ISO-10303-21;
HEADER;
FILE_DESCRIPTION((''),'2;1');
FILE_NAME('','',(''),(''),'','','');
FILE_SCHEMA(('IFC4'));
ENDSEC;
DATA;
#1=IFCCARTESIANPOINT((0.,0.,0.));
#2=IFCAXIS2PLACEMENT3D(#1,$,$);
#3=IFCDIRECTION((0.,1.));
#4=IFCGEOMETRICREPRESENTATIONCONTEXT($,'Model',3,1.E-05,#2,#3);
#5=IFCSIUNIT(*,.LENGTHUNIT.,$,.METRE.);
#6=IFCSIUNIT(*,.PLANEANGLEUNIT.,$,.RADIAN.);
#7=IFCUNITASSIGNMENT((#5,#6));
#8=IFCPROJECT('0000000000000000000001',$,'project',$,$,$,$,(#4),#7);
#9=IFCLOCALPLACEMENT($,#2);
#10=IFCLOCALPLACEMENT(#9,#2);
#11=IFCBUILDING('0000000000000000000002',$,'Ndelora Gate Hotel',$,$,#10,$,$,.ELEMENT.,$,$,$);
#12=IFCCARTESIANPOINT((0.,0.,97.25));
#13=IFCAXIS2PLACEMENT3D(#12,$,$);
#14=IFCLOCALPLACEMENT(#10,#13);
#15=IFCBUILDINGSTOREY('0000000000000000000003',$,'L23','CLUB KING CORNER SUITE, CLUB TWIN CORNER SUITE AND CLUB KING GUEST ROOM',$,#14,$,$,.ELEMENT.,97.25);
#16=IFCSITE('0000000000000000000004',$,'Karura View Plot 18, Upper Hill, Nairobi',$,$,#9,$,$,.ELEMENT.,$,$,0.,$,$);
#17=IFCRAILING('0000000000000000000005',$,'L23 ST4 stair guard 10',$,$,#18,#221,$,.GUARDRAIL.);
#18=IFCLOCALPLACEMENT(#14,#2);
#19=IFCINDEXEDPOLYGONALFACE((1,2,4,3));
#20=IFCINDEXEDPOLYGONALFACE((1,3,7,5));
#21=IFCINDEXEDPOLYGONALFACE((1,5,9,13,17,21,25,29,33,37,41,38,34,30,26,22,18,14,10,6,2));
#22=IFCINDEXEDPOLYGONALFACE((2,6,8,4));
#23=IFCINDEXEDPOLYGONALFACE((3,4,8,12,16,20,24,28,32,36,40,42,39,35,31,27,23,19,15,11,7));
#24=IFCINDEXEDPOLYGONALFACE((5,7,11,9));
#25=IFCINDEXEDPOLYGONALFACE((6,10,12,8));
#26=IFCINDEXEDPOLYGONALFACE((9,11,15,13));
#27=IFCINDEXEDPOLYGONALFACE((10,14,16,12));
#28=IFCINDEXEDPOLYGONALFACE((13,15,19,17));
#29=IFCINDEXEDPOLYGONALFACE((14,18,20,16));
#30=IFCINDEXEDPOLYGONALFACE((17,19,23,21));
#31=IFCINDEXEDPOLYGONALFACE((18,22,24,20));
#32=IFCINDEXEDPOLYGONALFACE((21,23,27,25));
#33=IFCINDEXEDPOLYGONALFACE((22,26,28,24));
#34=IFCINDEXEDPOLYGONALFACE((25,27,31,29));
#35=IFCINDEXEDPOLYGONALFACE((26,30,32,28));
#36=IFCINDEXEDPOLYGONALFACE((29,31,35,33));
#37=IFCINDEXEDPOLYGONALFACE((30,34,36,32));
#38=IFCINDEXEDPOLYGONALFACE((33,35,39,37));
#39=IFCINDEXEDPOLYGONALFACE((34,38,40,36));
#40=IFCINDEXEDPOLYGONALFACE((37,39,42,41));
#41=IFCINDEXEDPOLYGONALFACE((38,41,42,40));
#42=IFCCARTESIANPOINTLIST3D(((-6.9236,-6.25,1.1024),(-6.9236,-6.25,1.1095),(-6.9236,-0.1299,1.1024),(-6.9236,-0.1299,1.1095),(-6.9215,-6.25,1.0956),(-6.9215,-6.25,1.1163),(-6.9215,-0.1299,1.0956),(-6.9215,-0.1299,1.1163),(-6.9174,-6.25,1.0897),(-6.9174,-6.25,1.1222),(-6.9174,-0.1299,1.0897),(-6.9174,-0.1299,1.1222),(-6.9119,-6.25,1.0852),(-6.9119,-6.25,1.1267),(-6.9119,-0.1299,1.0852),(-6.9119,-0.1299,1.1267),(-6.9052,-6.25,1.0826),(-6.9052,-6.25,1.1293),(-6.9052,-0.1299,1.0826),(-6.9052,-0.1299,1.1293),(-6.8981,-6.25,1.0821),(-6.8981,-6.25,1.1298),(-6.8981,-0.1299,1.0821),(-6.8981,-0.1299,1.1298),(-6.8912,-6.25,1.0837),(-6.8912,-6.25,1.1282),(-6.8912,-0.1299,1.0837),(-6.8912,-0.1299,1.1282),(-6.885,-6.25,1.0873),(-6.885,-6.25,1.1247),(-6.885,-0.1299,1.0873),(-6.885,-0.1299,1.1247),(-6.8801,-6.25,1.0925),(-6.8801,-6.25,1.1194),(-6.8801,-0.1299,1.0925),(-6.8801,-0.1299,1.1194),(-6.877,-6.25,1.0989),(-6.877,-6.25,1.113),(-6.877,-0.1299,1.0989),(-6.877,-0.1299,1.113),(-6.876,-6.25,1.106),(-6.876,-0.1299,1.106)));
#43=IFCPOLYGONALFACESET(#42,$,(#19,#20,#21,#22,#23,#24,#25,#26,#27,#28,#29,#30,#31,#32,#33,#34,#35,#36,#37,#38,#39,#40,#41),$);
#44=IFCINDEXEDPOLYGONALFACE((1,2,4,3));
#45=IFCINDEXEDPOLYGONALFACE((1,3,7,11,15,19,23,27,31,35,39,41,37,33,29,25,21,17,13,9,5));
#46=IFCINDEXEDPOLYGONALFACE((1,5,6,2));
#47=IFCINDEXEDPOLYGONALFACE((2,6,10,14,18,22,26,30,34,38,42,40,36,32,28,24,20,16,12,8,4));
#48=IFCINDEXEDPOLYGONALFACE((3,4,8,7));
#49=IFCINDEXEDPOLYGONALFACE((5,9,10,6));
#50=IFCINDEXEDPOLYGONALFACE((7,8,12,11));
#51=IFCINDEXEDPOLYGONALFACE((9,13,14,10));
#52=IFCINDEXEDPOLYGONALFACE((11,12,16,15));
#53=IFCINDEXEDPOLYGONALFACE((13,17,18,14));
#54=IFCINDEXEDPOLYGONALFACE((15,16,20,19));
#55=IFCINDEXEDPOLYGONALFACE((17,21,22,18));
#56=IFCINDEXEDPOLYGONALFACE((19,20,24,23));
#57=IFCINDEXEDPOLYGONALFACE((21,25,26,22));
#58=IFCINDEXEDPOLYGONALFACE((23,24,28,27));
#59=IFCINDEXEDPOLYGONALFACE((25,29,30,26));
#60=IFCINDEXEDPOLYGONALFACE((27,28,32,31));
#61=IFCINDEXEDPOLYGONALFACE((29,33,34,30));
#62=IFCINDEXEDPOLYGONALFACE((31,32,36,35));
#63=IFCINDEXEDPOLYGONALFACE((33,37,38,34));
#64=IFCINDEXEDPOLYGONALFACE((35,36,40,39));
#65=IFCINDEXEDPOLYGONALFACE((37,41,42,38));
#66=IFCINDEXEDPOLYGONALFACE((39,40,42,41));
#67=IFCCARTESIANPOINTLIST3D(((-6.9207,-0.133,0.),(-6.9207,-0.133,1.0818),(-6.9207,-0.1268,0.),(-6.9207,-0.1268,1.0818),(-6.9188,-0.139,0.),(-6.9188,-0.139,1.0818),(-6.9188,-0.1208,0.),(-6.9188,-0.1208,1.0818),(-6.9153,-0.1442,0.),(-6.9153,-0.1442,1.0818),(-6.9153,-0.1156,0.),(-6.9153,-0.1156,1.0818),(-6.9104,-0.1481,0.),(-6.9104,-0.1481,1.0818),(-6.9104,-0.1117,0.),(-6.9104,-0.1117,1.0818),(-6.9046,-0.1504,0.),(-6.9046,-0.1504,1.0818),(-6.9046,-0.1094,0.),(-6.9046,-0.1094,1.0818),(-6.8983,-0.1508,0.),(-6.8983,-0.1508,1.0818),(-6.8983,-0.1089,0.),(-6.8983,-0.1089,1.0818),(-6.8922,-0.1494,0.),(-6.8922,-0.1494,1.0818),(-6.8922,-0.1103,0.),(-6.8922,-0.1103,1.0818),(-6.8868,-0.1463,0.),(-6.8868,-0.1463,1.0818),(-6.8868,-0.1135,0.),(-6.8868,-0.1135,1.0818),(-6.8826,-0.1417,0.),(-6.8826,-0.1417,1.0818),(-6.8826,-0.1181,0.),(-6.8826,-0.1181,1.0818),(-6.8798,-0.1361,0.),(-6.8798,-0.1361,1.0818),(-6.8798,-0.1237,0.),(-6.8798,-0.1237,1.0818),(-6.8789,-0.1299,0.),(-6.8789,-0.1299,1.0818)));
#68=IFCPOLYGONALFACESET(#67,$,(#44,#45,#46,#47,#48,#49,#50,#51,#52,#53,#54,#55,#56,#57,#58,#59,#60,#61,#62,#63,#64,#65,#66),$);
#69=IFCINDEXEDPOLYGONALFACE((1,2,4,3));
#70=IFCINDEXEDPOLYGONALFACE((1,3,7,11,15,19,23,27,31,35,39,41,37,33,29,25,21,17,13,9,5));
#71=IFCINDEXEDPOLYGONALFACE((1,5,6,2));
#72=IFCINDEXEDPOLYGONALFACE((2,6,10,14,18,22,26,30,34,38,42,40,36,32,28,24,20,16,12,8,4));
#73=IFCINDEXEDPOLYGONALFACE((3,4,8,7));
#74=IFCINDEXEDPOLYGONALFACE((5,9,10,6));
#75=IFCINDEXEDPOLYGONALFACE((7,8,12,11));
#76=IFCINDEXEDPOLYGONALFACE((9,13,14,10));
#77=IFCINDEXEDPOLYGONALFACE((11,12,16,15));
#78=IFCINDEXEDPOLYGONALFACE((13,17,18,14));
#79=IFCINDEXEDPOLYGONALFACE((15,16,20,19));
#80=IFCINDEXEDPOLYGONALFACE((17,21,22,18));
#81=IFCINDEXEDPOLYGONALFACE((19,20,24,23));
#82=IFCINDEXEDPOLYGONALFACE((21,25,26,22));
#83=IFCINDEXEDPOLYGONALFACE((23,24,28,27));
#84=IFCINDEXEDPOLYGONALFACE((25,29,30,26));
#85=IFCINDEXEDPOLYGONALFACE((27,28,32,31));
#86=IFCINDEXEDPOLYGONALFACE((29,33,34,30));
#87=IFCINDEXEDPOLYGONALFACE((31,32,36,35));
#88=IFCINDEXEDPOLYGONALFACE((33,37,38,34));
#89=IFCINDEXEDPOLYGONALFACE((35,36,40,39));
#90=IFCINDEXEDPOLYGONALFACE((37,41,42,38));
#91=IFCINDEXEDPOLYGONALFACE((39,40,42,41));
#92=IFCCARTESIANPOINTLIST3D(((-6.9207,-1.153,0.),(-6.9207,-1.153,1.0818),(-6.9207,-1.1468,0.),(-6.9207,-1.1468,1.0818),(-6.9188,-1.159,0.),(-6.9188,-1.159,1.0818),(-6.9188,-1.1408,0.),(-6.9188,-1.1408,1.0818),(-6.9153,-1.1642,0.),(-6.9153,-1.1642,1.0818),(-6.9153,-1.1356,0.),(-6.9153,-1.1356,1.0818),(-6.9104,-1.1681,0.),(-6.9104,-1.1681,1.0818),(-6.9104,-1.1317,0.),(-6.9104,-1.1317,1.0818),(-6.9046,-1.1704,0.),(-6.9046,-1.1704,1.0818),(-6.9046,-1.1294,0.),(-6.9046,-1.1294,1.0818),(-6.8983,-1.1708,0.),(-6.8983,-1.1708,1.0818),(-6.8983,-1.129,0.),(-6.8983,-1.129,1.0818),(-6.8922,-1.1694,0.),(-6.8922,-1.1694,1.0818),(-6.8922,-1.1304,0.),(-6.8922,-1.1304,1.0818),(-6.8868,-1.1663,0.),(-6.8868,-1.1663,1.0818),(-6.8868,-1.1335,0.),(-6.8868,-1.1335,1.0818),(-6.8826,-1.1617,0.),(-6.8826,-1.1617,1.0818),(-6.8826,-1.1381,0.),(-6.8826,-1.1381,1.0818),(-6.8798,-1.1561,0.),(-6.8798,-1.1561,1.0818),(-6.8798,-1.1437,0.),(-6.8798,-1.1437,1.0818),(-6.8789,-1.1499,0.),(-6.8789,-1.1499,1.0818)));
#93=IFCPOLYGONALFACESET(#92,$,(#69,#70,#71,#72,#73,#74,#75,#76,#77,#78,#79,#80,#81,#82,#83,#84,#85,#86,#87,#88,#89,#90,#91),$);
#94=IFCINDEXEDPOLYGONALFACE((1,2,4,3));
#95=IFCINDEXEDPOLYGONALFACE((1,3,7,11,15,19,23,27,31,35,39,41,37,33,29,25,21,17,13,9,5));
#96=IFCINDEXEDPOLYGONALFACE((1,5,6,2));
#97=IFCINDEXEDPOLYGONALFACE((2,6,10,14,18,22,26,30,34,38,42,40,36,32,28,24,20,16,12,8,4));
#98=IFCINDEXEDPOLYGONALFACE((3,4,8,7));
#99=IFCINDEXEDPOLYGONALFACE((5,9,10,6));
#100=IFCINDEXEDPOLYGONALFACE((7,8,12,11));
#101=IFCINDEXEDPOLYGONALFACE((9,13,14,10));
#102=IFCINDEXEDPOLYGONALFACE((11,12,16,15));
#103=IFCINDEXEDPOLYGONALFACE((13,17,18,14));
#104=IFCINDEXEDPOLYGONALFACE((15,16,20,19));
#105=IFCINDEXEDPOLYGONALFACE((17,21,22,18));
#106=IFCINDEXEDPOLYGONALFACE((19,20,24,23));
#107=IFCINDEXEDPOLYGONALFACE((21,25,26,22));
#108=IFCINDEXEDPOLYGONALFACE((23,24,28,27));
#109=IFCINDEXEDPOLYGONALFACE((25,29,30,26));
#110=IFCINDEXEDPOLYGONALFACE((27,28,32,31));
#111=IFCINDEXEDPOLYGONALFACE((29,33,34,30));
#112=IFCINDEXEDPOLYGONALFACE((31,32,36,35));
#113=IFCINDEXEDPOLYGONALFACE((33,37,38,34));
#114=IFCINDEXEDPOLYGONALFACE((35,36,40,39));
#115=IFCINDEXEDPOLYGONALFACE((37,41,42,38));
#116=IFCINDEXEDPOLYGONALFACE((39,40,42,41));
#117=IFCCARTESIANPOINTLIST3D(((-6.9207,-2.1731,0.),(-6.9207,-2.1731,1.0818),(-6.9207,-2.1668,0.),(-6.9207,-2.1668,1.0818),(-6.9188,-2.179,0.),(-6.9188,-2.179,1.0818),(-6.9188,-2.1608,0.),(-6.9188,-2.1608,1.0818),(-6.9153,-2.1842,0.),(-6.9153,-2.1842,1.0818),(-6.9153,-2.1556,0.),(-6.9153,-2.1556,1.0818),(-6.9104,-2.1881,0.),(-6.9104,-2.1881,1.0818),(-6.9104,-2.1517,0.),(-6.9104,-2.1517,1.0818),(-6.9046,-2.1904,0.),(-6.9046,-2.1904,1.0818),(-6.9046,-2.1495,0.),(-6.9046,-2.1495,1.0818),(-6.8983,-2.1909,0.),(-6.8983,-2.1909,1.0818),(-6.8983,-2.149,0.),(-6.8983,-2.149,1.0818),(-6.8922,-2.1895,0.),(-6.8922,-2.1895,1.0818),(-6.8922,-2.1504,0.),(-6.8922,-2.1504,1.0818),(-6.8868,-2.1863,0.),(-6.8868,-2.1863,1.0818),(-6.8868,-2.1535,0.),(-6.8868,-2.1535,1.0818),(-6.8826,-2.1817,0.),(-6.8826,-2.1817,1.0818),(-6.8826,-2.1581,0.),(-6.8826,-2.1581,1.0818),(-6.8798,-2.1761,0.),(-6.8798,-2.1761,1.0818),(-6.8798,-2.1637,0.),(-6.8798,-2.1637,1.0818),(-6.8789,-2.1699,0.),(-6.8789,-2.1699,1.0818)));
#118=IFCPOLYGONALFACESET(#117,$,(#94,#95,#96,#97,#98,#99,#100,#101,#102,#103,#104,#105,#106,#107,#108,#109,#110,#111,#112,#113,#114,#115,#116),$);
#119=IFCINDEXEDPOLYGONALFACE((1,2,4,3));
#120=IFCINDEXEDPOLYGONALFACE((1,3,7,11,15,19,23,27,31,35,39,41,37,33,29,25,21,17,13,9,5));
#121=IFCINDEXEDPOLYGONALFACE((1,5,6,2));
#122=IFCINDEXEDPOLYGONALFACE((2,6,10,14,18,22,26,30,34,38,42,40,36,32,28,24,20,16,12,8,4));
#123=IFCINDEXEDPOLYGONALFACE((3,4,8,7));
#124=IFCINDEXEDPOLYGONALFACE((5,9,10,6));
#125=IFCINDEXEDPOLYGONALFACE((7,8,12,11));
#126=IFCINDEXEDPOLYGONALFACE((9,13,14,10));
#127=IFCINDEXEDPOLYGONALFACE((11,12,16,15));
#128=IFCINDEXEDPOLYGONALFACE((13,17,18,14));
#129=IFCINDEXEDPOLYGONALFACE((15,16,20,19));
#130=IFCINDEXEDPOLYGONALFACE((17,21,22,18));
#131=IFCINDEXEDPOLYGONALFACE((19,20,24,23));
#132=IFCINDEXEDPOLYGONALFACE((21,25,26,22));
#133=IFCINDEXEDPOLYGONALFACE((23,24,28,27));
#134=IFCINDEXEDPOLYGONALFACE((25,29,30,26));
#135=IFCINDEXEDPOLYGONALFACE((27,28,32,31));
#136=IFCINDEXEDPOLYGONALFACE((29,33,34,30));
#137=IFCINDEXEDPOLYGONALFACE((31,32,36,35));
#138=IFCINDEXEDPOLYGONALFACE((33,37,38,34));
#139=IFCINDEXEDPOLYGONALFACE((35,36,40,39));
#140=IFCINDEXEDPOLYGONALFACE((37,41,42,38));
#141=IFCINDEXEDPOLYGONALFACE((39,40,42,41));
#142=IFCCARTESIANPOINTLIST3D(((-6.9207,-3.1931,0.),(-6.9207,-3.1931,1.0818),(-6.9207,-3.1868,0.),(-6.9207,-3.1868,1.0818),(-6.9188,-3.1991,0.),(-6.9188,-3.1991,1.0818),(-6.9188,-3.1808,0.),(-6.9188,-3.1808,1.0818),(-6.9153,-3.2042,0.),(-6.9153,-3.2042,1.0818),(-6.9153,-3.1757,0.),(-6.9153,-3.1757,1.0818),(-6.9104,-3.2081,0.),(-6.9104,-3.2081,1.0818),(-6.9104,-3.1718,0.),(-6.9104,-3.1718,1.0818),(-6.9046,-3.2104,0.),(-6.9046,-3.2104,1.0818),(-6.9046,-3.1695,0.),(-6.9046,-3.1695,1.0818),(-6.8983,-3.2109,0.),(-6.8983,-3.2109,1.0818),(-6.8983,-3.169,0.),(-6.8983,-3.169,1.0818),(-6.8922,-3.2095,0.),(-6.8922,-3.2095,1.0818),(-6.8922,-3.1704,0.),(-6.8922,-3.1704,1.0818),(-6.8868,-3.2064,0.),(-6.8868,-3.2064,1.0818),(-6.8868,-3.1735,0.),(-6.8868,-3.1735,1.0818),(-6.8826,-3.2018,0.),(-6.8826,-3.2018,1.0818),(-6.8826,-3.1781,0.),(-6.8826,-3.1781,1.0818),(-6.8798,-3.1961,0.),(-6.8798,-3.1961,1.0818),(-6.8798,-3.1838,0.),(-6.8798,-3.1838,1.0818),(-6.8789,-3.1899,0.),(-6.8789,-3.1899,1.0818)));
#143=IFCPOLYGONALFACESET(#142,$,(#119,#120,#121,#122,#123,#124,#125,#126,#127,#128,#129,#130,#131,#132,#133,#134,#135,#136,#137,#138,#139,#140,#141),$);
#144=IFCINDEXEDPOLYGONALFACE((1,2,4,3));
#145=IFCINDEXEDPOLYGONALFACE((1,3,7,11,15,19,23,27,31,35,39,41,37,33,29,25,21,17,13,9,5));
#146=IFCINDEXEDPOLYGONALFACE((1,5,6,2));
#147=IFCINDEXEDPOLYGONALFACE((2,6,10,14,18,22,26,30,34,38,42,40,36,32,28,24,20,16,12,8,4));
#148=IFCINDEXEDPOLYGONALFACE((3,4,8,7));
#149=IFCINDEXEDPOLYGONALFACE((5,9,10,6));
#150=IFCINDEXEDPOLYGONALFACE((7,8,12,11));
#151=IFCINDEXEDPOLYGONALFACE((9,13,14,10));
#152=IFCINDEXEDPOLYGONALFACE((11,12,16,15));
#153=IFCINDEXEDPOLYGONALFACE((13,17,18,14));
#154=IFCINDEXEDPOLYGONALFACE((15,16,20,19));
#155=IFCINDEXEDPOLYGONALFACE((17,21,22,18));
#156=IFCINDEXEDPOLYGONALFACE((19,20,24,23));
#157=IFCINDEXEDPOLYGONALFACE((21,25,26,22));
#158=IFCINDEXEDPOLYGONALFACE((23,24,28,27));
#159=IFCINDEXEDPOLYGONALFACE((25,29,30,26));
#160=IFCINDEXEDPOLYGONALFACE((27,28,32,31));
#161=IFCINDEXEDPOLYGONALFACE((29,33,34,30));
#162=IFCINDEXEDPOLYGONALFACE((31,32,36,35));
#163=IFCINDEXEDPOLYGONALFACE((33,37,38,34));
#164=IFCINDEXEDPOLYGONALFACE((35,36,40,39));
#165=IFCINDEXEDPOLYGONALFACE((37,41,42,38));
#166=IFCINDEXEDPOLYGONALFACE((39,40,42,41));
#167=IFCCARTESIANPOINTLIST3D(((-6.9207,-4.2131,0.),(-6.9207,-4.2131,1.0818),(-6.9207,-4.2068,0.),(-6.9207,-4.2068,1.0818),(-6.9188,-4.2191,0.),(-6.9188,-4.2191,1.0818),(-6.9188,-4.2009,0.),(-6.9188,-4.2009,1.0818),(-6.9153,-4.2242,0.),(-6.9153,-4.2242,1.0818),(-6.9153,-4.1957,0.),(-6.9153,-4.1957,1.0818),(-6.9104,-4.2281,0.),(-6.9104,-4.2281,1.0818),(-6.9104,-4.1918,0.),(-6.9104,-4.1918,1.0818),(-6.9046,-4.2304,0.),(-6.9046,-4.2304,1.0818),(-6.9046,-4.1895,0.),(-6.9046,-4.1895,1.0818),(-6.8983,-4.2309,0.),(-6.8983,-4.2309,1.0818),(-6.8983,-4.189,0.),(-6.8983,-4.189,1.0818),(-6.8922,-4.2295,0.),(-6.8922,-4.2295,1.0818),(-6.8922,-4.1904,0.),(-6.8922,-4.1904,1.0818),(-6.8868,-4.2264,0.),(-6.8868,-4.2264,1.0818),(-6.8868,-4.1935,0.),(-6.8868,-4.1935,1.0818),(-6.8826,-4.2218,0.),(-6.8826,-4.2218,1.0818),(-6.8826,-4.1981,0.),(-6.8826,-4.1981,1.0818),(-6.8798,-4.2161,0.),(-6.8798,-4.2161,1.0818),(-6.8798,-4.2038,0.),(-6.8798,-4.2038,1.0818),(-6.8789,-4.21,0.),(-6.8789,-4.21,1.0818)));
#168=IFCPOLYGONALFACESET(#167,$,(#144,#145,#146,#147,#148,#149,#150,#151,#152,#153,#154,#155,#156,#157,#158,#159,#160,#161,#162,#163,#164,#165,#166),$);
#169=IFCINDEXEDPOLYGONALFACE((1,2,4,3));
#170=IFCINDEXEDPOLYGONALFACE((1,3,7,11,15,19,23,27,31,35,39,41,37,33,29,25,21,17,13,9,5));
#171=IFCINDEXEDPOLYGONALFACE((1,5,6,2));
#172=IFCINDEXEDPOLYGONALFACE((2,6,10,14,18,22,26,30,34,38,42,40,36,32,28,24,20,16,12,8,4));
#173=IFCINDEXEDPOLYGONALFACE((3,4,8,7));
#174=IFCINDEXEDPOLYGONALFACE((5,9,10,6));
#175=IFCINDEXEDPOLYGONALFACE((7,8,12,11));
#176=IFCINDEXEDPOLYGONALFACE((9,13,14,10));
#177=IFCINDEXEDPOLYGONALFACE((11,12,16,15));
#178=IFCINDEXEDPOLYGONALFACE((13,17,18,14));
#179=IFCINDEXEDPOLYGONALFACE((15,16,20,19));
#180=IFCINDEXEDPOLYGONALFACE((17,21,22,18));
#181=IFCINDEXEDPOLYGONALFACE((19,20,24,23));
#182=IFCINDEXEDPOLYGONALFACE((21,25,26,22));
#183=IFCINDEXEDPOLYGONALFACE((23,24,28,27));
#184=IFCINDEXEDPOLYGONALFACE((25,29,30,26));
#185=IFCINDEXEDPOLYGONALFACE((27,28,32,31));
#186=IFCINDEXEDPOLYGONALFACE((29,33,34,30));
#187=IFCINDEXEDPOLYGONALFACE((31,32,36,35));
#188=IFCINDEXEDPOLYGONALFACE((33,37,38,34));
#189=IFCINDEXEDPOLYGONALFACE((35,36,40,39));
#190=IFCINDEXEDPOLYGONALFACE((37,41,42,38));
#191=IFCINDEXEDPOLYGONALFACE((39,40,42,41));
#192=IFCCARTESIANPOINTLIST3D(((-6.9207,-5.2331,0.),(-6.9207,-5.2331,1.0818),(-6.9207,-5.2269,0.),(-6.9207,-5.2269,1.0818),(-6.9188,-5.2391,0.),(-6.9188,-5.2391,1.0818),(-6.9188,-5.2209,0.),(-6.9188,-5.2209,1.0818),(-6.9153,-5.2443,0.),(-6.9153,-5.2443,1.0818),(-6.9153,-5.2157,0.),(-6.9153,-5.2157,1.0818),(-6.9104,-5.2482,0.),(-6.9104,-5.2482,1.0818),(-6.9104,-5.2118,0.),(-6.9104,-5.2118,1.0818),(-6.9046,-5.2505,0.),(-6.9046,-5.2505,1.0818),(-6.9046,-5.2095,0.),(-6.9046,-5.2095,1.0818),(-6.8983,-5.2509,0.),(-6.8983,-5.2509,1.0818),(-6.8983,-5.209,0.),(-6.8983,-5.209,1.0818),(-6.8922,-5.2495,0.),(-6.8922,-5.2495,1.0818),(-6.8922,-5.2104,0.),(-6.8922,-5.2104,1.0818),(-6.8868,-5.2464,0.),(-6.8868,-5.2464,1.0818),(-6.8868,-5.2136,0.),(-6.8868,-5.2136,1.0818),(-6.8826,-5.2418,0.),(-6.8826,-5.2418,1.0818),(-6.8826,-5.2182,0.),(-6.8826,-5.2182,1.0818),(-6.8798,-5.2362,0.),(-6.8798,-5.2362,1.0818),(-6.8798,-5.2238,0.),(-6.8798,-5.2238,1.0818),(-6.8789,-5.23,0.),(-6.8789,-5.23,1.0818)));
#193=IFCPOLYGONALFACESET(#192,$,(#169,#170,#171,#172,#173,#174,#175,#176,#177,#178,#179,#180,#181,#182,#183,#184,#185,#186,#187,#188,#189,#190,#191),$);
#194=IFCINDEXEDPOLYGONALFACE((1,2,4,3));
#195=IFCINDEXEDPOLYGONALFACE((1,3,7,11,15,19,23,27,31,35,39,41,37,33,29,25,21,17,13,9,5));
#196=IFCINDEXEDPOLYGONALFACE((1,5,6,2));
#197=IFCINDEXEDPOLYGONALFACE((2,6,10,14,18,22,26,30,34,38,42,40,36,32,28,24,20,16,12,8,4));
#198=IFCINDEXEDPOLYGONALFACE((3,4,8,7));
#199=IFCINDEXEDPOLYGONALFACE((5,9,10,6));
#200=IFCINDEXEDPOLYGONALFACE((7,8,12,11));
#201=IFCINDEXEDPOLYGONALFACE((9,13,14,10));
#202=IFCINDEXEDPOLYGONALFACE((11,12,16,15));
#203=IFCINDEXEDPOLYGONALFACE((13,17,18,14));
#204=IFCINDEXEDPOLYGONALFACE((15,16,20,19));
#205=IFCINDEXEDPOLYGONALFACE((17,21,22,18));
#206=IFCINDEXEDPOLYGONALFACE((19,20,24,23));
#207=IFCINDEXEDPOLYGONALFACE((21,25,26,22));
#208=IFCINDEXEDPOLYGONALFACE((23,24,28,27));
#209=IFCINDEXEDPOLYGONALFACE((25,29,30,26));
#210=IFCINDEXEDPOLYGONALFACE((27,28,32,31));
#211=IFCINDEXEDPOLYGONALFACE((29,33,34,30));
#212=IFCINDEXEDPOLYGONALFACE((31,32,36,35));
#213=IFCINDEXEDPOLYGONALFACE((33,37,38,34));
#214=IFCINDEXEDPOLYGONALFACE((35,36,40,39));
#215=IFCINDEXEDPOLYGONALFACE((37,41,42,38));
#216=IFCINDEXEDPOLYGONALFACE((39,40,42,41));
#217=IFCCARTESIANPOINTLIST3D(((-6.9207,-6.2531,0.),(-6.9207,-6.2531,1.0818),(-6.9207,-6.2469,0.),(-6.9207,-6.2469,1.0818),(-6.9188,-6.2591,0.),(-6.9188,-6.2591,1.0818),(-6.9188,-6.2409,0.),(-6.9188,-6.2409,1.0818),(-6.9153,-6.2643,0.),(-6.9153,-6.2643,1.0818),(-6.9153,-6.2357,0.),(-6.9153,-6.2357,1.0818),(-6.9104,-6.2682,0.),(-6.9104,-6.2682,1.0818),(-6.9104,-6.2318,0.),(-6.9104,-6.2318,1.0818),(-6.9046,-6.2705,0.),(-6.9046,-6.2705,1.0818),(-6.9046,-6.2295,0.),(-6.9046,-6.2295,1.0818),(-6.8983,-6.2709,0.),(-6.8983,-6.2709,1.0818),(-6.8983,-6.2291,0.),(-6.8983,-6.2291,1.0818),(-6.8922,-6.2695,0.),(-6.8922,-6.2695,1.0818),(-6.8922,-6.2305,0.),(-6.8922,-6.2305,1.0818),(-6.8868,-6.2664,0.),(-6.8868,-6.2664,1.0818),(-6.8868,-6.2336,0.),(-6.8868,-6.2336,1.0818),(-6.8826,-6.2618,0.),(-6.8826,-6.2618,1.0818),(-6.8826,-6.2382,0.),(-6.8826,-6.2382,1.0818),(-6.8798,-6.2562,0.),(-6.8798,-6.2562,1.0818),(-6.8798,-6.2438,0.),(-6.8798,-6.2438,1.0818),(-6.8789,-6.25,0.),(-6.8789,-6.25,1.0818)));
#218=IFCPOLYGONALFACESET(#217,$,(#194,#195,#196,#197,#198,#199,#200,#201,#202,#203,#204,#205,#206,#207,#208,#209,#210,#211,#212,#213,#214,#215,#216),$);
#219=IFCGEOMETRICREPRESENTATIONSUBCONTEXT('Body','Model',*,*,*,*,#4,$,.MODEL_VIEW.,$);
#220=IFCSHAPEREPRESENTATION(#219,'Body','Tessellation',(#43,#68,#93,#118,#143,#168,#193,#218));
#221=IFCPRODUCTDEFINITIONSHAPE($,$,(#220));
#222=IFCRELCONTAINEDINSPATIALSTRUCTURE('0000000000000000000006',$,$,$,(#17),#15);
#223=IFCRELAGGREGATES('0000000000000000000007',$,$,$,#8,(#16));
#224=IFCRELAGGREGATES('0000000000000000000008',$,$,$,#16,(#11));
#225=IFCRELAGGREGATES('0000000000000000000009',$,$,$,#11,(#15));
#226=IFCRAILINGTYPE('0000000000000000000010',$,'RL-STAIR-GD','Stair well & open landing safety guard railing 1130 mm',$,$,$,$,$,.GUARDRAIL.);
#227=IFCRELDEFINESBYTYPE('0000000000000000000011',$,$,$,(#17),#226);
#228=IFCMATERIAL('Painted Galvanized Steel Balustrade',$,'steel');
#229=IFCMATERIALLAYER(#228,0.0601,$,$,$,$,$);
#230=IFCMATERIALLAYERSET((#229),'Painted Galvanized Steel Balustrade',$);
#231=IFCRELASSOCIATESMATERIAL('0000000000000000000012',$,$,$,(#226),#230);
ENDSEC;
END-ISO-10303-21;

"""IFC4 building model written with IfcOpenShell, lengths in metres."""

from ifc_helpers import new_model, si_unit, direction, frame, origin, origin_2d, place, context, subcontext, project, spatial, circle, extrude, material, layer, layer_set, type_object, element, save


model = new_model("IFC4")

# Units and contexts
model_context = context("Model", 3, precision=1e-05, world=origin(), true_north=direction((0.0, 1.0)))
body_context = subcontext(model_context, "Body", "Model", "MODEL_VIEW")
ifc_project = project(units=[si_unit("LENGTHUNIT", "METRE"), si_unit("PLANEANGLEUNIT", "RADIAN")], contexts=[model_context])

# Site, building, storey
site_placement = place(None, origin())
site = spatial("IfcSite", under=ifc_project, at=site_placement, Name="Karura View Plot 18, Upper Hill, Nairobi", CompositionType="ELEMENT", RefElevation=0.0)
building_placement = place(site_placement, origin())
building = spatial("IfcBuilding", under=site, at=building_placement, Name="Ndelora Gate Hotel", CompositionType="ELEMENT")
storey_placement = place(building_placement, frame((0.0, 0.0, 97.25)))
storey = spatial("IfcBuildingStorey", under=building, at=storey_placement, Name="L23", Description="CLUB KING CORNER SUITE, CLUB TWIN CORNER SUITE AND CLUB KING GUEST ROOM", CompositionType="ELEMENT", Elevation=97.25)

# Railing
ifc_material_1 = material(Name="Painted Galvanized Steel Balustrade", Category="steel")
ifc_layer_1 = layer(ifc_material_1, 0.0601)
ifc_layer_set_1 = layer_set([ifc_layer_1], Name="Painted Galvanized Steel Balustrade")
railing_type = type_object("IfcRailingType", Name="RL-STAIR-GD", Description="Stair well & open landing safety guard railing 1130 mm", PredefinedType="GUARDRAIL", material=ifc_layer_set_1)
railing_1_placement = place(storey_placement, frame((-6.8999, -0.1299, 0.0)))
element("IfcRailing", 1, at=railing_1_placement, inside=storey, type_object=railing_type, Name="L23 ST4 stair guard 10", PredefinedType="GUARDRAIL", context=body_context, shape_type="SweptSolid", body=[
    extrude(circle(Radius=0.0239, at=origin_2d()), frame((0.0, 0.0, 1.106), z_axis=(0.0, -1.0, 0.0), x_axis=(1.0, 0.0, 0.0)), (0.0, 0.0, 1.0), 6.1201),
    extrude(circle(Radius=0.021, at=origin_2d()), origin(), (0.0, 0.0, 1.0), 1.0818),
    extrude(circle(Radius=0.021, at=origin_2d()), frame((0.0, -1.02, 0.0)), (0.0, 0.0, 1.0), 1.0818),
    extrude(circle(Radius=0.021, at=origin_2d()), frame((0.0, -2.04, 0.0)), (0.0, 0.0, 1.0), 1.0818),
    extrude(circle(Radius=0.021, at=origin_2d()), frame((0.0, -3.0601, 0.0)), (0.0, 0.0, 1.0), 1.0818),
    extrude(circle(Radius=0.021, at=origin_2d()), frame((0.0, -4.0801, 0.0)), (0.0, 0.0, 1.0), 1.0818),
    extrude(circle(Radius=0.021, at=origin_2d()), frame((0.0, -5.1001, 0.0)), (0.0, 0.0, 1.0), 1.0818),
    extrude(circle(Radius=0.021, at=origin_2d()), frame((0.0, -6.1201, 0.0)), (0.0, 0.0, 1.0), 1.0818),
])

save(model, "model.ifc")
